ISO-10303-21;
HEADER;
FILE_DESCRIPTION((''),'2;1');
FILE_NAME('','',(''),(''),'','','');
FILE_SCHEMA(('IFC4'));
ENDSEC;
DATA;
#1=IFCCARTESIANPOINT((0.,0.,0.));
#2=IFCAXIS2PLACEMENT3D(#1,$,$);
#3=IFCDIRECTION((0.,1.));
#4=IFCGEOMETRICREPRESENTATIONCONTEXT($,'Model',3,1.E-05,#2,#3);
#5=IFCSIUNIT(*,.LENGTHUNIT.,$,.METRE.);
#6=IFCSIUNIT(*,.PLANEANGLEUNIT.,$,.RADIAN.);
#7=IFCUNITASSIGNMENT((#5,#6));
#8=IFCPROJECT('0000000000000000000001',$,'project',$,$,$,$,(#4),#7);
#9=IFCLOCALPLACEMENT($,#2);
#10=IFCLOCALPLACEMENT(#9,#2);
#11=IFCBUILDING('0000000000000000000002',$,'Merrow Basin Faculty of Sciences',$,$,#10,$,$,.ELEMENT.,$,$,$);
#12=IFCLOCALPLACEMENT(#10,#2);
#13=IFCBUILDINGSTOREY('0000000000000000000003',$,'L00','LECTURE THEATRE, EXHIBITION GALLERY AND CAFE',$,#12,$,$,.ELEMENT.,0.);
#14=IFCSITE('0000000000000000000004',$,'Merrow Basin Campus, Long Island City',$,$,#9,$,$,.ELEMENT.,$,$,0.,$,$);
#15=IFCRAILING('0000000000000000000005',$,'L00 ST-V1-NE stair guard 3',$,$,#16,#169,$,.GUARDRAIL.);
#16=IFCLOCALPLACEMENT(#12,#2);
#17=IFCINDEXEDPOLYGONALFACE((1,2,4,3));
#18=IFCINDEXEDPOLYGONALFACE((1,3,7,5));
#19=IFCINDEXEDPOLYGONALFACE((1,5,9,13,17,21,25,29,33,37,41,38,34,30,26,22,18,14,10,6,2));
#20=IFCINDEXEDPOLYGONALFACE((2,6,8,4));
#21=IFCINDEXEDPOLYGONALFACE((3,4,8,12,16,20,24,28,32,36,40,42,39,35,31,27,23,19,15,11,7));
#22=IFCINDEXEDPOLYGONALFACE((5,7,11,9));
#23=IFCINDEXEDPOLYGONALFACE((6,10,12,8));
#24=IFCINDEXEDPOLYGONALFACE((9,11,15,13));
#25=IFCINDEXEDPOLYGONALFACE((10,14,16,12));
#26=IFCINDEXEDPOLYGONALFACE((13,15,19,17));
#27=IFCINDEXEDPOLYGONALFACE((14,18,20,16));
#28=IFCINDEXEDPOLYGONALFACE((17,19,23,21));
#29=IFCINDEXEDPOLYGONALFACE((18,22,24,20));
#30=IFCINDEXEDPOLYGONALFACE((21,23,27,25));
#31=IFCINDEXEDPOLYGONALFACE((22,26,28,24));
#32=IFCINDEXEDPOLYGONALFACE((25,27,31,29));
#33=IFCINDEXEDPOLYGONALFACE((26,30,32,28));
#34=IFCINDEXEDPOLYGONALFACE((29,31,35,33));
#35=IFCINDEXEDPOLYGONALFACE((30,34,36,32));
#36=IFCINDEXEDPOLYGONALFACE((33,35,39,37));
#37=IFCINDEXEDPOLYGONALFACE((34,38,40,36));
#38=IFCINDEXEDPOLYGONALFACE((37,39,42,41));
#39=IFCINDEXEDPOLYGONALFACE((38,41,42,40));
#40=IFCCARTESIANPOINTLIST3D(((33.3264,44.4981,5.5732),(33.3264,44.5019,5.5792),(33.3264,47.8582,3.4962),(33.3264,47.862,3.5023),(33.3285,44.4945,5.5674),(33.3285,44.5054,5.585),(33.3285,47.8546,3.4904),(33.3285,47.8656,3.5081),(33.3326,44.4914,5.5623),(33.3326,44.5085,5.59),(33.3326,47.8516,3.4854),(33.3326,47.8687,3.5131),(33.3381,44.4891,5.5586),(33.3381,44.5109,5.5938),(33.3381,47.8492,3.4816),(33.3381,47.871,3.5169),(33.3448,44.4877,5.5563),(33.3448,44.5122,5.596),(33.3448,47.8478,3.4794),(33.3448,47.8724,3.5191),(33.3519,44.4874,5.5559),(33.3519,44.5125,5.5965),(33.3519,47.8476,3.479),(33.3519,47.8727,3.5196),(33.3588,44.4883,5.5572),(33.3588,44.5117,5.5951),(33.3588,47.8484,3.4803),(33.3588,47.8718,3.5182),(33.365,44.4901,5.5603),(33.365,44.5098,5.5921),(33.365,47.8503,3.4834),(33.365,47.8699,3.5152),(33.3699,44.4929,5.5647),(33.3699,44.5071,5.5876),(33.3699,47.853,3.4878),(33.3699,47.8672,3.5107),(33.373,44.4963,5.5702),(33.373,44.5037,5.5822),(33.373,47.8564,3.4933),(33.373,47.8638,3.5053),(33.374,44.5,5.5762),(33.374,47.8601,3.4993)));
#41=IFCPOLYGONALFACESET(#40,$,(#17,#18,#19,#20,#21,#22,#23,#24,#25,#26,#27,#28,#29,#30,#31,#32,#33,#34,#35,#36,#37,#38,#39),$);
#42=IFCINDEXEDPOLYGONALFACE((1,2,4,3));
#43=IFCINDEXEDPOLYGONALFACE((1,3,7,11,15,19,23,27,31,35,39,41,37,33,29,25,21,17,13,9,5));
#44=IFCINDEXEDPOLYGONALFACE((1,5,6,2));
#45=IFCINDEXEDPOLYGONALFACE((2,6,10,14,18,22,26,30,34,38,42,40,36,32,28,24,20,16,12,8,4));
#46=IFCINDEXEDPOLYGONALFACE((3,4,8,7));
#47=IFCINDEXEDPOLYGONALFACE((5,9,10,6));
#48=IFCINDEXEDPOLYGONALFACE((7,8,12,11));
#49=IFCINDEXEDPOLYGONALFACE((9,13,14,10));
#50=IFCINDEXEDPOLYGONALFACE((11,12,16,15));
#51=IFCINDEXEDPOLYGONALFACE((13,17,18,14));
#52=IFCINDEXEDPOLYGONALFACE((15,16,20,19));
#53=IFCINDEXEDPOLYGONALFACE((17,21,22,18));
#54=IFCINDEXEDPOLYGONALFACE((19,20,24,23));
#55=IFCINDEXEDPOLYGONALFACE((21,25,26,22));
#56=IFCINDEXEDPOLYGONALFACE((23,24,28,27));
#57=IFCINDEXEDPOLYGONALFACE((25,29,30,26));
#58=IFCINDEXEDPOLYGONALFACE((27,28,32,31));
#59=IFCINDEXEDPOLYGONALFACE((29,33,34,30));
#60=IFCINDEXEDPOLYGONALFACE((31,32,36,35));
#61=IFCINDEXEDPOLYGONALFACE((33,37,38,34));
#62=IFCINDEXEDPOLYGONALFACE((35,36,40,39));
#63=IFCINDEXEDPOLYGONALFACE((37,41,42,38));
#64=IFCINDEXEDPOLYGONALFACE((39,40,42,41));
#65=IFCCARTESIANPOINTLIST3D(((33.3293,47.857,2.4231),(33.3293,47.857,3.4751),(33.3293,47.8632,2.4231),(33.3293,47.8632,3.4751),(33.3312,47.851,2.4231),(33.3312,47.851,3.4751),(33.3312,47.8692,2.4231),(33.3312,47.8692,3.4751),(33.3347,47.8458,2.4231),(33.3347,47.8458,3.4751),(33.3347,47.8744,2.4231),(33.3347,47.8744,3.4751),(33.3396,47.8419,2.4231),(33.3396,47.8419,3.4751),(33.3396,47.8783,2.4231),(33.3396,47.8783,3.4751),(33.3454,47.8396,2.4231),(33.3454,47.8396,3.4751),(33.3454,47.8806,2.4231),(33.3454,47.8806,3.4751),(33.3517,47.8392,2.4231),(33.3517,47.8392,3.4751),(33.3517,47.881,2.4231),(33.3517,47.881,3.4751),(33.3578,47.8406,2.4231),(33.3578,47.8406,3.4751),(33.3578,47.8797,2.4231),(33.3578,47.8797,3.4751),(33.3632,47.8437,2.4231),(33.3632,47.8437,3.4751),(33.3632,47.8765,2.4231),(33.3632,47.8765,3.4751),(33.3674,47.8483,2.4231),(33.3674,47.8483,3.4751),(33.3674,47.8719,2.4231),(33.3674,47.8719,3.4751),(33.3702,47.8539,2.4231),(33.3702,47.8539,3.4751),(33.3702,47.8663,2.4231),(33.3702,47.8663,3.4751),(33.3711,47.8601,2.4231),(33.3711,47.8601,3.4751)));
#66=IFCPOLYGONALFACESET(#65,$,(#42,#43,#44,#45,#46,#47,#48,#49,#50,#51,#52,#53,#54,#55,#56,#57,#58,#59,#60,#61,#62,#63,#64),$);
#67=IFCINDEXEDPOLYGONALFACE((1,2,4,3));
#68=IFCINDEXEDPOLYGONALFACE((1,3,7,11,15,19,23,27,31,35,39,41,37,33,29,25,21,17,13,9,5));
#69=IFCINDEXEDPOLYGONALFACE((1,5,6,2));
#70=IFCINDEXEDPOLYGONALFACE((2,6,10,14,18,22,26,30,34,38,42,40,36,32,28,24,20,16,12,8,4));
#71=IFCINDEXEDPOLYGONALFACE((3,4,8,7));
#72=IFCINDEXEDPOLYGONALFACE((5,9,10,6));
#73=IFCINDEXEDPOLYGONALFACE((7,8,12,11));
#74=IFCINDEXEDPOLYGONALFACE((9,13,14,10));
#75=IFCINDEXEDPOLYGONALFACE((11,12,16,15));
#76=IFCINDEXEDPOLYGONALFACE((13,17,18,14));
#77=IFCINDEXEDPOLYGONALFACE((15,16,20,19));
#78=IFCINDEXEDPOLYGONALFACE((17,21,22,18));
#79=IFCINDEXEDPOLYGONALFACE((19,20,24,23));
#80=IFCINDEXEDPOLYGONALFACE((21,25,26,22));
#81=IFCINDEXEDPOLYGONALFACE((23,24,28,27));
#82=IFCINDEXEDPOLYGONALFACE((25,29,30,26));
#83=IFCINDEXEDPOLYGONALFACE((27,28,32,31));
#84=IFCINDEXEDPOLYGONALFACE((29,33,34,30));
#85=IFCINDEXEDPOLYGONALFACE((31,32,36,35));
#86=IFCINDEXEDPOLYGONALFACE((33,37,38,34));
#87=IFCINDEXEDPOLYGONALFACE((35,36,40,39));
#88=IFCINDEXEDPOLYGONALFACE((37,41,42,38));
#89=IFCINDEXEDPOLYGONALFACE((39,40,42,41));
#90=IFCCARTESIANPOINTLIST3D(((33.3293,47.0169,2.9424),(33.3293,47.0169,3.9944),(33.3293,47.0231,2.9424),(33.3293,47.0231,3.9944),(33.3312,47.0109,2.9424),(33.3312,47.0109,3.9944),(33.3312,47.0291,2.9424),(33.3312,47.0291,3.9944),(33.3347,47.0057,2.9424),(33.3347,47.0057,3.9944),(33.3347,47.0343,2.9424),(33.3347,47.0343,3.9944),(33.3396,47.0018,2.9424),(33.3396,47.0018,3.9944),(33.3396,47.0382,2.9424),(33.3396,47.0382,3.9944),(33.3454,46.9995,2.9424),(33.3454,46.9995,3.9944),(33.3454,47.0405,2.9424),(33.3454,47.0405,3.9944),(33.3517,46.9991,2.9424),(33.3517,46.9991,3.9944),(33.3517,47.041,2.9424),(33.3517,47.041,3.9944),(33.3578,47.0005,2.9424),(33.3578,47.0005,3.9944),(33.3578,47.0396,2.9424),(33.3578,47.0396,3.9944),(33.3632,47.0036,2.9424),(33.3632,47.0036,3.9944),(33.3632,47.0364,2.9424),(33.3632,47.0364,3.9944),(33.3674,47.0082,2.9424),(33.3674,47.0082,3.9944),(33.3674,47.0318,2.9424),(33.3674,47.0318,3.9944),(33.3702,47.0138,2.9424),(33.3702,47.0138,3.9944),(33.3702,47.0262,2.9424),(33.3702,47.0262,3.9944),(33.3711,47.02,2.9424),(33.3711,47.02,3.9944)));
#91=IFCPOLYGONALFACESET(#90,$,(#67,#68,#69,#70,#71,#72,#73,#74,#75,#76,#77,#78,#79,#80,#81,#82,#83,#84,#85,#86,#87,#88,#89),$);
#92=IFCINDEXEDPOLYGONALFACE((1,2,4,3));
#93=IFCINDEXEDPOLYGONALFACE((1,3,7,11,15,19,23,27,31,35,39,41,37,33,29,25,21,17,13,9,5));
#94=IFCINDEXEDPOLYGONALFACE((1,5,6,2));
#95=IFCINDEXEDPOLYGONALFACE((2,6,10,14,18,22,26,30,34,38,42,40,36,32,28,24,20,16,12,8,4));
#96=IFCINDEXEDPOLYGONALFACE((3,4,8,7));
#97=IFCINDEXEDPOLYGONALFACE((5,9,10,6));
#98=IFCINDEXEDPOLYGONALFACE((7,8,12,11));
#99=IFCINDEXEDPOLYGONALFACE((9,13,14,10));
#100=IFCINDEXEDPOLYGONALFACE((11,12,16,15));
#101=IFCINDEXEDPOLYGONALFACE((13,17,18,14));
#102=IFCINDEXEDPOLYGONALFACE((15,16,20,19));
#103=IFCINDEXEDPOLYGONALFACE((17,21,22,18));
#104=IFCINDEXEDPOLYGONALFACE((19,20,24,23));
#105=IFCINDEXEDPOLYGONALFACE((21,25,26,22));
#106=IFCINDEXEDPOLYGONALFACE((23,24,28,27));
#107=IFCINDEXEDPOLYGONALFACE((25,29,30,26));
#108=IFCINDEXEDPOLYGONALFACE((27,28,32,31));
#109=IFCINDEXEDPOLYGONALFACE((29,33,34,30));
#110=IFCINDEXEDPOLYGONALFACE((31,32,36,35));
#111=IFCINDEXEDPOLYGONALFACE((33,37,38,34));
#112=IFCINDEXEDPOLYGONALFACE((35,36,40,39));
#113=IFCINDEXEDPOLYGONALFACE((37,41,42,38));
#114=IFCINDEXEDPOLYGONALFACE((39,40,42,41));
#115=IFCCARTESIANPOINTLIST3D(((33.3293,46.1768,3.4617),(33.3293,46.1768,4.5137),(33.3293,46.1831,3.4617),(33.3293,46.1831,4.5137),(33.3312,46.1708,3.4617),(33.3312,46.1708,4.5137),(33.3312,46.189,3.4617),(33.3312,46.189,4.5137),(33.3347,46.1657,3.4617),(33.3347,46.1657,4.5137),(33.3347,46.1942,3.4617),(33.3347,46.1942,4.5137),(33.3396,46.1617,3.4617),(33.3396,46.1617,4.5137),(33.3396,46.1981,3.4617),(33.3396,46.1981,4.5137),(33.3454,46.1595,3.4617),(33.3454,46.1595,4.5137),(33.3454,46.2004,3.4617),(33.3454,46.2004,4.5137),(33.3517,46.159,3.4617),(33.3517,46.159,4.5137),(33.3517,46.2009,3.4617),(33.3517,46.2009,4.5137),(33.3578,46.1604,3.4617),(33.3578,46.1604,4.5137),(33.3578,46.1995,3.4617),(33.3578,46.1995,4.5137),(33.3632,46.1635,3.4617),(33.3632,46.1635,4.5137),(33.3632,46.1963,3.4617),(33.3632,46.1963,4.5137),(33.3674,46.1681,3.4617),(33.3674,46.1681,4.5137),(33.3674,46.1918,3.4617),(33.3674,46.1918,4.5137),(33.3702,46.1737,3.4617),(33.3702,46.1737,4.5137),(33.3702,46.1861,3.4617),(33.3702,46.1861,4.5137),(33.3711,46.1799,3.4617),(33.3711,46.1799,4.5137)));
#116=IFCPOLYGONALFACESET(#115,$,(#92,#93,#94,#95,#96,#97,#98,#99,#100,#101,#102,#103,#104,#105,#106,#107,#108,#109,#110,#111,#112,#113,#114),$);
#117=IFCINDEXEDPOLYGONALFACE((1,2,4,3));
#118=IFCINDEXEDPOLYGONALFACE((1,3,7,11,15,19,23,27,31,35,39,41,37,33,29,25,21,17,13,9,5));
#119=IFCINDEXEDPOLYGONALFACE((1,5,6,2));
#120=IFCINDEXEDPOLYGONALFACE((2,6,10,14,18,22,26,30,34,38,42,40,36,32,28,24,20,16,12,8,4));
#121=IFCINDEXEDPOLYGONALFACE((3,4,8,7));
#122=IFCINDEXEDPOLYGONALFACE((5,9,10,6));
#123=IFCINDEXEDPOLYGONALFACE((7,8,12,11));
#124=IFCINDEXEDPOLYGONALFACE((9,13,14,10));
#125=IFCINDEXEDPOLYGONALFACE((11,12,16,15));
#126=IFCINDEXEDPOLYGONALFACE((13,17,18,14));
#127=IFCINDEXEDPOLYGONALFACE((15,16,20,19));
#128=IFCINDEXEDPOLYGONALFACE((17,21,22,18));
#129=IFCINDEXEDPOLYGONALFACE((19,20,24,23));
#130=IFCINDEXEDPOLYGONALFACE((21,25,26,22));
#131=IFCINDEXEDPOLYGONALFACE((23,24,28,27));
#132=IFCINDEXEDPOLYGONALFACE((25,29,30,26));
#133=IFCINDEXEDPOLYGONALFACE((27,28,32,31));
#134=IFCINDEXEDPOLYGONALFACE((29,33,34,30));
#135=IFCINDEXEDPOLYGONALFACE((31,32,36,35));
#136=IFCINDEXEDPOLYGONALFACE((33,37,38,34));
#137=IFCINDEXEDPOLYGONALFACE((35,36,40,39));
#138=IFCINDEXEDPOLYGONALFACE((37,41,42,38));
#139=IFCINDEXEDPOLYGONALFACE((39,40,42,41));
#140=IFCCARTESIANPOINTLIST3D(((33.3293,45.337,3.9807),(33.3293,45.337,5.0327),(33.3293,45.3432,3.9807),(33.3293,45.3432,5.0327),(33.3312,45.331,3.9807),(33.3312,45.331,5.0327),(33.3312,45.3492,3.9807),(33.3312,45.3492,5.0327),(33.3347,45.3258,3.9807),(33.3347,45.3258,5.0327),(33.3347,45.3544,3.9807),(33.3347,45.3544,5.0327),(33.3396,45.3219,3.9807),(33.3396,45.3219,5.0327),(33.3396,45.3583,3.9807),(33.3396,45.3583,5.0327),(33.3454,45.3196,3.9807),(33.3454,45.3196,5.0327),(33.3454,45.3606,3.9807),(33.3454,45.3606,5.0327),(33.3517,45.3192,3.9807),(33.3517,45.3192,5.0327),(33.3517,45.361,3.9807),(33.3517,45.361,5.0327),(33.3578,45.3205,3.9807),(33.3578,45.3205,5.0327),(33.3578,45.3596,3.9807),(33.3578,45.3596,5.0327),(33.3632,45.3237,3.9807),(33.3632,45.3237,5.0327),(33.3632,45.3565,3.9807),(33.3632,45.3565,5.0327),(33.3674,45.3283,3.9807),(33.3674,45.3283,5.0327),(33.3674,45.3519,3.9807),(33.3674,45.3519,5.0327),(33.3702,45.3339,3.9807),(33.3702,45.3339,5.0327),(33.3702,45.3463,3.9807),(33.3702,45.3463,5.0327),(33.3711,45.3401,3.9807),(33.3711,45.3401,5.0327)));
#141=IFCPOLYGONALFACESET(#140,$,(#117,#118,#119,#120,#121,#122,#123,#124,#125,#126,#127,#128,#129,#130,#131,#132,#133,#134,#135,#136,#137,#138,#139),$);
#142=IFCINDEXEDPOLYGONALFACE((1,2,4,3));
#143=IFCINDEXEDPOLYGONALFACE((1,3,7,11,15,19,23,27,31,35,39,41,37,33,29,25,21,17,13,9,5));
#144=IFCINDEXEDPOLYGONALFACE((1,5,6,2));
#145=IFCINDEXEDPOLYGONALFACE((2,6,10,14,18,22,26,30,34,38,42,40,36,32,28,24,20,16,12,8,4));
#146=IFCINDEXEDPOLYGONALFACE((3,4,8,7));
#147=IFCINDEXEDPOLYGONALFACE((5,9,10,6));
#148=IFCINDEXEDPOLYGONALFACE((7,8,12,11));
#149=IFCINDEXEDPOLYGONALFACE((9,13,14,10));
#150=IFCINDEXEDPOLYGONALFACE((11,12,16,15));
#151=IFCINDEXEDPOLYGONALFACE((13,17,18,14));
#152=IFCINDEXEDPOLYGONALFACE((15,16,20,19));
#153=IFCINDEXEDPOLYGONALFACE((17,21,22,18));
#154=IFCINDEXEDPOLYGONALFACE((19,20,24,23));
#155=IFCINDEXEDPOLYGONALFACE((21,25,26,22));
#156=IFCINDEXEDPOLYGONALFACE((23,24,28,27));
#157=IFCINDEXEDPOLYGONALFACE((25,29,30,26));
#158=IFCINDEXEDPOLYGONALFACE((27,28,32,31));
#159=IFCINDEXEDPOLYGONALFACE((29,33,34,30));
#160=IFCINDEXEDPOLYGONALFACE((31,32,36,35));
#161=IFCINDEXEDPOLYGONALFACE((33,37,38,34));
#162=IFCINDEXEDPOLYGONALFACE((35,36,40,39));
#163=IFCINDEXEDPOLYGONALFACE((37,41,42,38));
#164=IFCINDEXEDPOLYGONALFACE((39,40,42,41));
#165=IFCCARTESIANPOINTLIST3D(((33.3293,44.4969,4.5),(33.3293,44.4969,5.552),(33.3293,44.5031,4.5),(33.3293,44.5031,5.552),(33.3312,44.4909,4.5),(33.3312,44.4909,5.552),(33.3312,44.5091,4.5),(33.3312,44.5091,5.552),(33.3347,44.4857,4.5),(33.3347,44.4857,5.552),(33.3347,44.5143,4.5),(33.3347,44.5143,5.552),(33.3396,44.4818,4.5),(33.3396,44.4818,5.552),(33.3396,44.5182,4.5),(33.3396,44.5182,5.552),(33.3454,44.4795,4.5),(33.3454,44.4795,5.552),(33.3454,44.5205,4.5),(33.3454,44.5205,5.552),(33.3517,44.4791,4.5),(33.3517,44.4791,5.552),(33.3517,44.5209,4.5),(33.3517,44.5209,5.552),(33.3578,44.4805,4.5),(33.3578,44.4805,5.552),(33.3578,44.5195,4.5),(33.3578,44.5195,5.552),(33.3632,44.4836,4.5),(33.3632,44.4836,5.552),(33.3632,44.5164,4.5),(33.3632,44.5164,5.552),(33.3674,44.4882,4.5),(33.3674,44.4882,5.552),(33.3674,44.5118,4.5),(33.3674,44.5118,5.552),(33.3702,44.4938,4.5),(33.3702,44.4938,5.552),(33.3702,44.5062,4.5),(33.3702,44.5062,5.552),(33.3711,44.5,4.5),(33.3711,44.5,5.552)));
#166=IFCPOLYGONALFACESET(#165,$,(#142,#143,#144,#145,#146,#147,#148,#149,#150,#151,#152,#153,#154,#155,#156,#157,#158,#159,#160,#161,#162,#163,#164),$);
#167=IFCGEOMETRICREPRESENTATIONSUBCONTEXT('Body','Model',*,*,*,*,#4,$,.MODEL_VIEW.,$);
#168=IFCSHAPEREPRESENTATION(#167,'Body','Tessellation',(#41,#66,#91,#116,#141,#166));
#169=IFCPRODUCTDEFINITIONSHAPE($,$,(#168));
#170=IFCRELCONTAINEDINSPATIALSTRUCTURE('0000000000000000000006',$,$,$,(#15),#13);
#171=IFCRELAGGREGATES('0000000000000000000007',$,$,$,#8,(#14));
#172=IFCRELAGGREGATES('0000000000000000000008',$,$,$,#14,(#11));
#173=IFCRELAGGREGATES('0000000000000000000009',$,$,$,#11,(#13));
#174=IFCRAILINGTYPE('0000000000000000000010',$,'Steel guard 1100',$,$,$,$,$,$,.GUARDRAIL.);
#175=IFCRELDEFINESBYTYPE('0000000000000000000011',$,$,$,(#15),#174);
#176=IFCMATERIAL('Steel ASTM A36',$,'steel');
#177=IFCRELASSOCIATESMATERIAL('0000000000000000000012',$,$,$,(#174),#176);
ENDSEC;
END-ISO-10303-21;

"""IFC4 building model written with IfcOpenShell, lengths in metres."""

from ifc_helpers import new_model, si_unit, direction, frame, origin, origin_2d, place, context, subcontext, project, spatial, circle, extrude, material, type_object, element, save


model = new_model("IFC4")

# Units and contexts
model_context = context("Model", 3, precision=1e-05, world=origin(), true_north=direction((0.0, 1.0)))
body_context = subcontext(model_context, "Body", "Model", "MODEL_VIEW")
ifc_project = project(units=[si_unit("LENGTHUNIT", "METRE"), si_unit("PLANEANGLEUNIT", "RADIAN")], contexts=[model_context])

# Site, building, storey
site_placement = place(None, origin())
site = spatial("IfcSite", under=ifc_project, at=site_placement, Name="Merrow Basin Campus, Long Island City", CompositionType="ELEMENT", RefElevation=0.0)
building_placement = place(site_placement, origin())
building = spatial("IfcBuilding", under=site, at=building_placement, Name="Merrow Basin Faculty of Sciences", CompositionType="ELEMENT")
storey_placement = place(building_placement, origin())
storey = spatial("IfcBuildingStorey", under=building, at=storey_placement, Name="L00", Description="LECTURE THEATRE, EXHIBITION GALLERY AND CAFE", CompositionType="ELEMENT", Elevation=0.0)

# Railing
ifc_material_1 = material(Name="Steel ASTM A36", Category="steel")
railing_type_1 = type_object("IfcRailingType", Name="Steel guard 1100", PredefinedType="GUARDRAIL", material=ifc_material_1)
railing_1_placement = place(storey_placement, frame((33.3501, 47.8601, 2.4231)))
element("IfcRailing", 1, at=railing_1_placement, inside=storey, type_object=railing_type_1, Name="L00 ST-V1-NE stair guard 3", PredefinedType="GUARDRAIL", context=body_context, shape_type="SweptSolid", body=[
    extrude(circle(Radius=0.0239, at=origin_2d()), frame((0.0, 0.0, 1.0762), z_axis=(0.0, -0.850623, 0.525776), x_axis=(1.0, 0.0, 0.0)), (0.0, 0.0, 1.0), 3.9502),
    extrude(circle(Radius=0.021, at=origin_2d()), origin(), (0.0, 0.0, 1.0), 1.052),
    extrude(circle(Radius=0.021, at=origin_2d()), frame((0.0, -0.8401, 0.5193)), (0.0, 0.0, 1.0), 1.052),
    extrude(circle(Radius=0.021, at=origin_2d()), frame((0.0, -1.6802, 1.0386)), (0.0, 0.0, 1.0), 1.052),
    extrude(circle(Radius=0.021, at=origin_2d()), frame((0.0, -2.52, 1.5576)), (0.0, 0.0, 1.0), 1.052),
    extrude(circle(Radius=0.021, at=origin_2d()), frame((0.0, -3.3601, 2.0769)), (0.0, 0.0, 1.0), 1.052),
])

save(model, "model.ifc")
